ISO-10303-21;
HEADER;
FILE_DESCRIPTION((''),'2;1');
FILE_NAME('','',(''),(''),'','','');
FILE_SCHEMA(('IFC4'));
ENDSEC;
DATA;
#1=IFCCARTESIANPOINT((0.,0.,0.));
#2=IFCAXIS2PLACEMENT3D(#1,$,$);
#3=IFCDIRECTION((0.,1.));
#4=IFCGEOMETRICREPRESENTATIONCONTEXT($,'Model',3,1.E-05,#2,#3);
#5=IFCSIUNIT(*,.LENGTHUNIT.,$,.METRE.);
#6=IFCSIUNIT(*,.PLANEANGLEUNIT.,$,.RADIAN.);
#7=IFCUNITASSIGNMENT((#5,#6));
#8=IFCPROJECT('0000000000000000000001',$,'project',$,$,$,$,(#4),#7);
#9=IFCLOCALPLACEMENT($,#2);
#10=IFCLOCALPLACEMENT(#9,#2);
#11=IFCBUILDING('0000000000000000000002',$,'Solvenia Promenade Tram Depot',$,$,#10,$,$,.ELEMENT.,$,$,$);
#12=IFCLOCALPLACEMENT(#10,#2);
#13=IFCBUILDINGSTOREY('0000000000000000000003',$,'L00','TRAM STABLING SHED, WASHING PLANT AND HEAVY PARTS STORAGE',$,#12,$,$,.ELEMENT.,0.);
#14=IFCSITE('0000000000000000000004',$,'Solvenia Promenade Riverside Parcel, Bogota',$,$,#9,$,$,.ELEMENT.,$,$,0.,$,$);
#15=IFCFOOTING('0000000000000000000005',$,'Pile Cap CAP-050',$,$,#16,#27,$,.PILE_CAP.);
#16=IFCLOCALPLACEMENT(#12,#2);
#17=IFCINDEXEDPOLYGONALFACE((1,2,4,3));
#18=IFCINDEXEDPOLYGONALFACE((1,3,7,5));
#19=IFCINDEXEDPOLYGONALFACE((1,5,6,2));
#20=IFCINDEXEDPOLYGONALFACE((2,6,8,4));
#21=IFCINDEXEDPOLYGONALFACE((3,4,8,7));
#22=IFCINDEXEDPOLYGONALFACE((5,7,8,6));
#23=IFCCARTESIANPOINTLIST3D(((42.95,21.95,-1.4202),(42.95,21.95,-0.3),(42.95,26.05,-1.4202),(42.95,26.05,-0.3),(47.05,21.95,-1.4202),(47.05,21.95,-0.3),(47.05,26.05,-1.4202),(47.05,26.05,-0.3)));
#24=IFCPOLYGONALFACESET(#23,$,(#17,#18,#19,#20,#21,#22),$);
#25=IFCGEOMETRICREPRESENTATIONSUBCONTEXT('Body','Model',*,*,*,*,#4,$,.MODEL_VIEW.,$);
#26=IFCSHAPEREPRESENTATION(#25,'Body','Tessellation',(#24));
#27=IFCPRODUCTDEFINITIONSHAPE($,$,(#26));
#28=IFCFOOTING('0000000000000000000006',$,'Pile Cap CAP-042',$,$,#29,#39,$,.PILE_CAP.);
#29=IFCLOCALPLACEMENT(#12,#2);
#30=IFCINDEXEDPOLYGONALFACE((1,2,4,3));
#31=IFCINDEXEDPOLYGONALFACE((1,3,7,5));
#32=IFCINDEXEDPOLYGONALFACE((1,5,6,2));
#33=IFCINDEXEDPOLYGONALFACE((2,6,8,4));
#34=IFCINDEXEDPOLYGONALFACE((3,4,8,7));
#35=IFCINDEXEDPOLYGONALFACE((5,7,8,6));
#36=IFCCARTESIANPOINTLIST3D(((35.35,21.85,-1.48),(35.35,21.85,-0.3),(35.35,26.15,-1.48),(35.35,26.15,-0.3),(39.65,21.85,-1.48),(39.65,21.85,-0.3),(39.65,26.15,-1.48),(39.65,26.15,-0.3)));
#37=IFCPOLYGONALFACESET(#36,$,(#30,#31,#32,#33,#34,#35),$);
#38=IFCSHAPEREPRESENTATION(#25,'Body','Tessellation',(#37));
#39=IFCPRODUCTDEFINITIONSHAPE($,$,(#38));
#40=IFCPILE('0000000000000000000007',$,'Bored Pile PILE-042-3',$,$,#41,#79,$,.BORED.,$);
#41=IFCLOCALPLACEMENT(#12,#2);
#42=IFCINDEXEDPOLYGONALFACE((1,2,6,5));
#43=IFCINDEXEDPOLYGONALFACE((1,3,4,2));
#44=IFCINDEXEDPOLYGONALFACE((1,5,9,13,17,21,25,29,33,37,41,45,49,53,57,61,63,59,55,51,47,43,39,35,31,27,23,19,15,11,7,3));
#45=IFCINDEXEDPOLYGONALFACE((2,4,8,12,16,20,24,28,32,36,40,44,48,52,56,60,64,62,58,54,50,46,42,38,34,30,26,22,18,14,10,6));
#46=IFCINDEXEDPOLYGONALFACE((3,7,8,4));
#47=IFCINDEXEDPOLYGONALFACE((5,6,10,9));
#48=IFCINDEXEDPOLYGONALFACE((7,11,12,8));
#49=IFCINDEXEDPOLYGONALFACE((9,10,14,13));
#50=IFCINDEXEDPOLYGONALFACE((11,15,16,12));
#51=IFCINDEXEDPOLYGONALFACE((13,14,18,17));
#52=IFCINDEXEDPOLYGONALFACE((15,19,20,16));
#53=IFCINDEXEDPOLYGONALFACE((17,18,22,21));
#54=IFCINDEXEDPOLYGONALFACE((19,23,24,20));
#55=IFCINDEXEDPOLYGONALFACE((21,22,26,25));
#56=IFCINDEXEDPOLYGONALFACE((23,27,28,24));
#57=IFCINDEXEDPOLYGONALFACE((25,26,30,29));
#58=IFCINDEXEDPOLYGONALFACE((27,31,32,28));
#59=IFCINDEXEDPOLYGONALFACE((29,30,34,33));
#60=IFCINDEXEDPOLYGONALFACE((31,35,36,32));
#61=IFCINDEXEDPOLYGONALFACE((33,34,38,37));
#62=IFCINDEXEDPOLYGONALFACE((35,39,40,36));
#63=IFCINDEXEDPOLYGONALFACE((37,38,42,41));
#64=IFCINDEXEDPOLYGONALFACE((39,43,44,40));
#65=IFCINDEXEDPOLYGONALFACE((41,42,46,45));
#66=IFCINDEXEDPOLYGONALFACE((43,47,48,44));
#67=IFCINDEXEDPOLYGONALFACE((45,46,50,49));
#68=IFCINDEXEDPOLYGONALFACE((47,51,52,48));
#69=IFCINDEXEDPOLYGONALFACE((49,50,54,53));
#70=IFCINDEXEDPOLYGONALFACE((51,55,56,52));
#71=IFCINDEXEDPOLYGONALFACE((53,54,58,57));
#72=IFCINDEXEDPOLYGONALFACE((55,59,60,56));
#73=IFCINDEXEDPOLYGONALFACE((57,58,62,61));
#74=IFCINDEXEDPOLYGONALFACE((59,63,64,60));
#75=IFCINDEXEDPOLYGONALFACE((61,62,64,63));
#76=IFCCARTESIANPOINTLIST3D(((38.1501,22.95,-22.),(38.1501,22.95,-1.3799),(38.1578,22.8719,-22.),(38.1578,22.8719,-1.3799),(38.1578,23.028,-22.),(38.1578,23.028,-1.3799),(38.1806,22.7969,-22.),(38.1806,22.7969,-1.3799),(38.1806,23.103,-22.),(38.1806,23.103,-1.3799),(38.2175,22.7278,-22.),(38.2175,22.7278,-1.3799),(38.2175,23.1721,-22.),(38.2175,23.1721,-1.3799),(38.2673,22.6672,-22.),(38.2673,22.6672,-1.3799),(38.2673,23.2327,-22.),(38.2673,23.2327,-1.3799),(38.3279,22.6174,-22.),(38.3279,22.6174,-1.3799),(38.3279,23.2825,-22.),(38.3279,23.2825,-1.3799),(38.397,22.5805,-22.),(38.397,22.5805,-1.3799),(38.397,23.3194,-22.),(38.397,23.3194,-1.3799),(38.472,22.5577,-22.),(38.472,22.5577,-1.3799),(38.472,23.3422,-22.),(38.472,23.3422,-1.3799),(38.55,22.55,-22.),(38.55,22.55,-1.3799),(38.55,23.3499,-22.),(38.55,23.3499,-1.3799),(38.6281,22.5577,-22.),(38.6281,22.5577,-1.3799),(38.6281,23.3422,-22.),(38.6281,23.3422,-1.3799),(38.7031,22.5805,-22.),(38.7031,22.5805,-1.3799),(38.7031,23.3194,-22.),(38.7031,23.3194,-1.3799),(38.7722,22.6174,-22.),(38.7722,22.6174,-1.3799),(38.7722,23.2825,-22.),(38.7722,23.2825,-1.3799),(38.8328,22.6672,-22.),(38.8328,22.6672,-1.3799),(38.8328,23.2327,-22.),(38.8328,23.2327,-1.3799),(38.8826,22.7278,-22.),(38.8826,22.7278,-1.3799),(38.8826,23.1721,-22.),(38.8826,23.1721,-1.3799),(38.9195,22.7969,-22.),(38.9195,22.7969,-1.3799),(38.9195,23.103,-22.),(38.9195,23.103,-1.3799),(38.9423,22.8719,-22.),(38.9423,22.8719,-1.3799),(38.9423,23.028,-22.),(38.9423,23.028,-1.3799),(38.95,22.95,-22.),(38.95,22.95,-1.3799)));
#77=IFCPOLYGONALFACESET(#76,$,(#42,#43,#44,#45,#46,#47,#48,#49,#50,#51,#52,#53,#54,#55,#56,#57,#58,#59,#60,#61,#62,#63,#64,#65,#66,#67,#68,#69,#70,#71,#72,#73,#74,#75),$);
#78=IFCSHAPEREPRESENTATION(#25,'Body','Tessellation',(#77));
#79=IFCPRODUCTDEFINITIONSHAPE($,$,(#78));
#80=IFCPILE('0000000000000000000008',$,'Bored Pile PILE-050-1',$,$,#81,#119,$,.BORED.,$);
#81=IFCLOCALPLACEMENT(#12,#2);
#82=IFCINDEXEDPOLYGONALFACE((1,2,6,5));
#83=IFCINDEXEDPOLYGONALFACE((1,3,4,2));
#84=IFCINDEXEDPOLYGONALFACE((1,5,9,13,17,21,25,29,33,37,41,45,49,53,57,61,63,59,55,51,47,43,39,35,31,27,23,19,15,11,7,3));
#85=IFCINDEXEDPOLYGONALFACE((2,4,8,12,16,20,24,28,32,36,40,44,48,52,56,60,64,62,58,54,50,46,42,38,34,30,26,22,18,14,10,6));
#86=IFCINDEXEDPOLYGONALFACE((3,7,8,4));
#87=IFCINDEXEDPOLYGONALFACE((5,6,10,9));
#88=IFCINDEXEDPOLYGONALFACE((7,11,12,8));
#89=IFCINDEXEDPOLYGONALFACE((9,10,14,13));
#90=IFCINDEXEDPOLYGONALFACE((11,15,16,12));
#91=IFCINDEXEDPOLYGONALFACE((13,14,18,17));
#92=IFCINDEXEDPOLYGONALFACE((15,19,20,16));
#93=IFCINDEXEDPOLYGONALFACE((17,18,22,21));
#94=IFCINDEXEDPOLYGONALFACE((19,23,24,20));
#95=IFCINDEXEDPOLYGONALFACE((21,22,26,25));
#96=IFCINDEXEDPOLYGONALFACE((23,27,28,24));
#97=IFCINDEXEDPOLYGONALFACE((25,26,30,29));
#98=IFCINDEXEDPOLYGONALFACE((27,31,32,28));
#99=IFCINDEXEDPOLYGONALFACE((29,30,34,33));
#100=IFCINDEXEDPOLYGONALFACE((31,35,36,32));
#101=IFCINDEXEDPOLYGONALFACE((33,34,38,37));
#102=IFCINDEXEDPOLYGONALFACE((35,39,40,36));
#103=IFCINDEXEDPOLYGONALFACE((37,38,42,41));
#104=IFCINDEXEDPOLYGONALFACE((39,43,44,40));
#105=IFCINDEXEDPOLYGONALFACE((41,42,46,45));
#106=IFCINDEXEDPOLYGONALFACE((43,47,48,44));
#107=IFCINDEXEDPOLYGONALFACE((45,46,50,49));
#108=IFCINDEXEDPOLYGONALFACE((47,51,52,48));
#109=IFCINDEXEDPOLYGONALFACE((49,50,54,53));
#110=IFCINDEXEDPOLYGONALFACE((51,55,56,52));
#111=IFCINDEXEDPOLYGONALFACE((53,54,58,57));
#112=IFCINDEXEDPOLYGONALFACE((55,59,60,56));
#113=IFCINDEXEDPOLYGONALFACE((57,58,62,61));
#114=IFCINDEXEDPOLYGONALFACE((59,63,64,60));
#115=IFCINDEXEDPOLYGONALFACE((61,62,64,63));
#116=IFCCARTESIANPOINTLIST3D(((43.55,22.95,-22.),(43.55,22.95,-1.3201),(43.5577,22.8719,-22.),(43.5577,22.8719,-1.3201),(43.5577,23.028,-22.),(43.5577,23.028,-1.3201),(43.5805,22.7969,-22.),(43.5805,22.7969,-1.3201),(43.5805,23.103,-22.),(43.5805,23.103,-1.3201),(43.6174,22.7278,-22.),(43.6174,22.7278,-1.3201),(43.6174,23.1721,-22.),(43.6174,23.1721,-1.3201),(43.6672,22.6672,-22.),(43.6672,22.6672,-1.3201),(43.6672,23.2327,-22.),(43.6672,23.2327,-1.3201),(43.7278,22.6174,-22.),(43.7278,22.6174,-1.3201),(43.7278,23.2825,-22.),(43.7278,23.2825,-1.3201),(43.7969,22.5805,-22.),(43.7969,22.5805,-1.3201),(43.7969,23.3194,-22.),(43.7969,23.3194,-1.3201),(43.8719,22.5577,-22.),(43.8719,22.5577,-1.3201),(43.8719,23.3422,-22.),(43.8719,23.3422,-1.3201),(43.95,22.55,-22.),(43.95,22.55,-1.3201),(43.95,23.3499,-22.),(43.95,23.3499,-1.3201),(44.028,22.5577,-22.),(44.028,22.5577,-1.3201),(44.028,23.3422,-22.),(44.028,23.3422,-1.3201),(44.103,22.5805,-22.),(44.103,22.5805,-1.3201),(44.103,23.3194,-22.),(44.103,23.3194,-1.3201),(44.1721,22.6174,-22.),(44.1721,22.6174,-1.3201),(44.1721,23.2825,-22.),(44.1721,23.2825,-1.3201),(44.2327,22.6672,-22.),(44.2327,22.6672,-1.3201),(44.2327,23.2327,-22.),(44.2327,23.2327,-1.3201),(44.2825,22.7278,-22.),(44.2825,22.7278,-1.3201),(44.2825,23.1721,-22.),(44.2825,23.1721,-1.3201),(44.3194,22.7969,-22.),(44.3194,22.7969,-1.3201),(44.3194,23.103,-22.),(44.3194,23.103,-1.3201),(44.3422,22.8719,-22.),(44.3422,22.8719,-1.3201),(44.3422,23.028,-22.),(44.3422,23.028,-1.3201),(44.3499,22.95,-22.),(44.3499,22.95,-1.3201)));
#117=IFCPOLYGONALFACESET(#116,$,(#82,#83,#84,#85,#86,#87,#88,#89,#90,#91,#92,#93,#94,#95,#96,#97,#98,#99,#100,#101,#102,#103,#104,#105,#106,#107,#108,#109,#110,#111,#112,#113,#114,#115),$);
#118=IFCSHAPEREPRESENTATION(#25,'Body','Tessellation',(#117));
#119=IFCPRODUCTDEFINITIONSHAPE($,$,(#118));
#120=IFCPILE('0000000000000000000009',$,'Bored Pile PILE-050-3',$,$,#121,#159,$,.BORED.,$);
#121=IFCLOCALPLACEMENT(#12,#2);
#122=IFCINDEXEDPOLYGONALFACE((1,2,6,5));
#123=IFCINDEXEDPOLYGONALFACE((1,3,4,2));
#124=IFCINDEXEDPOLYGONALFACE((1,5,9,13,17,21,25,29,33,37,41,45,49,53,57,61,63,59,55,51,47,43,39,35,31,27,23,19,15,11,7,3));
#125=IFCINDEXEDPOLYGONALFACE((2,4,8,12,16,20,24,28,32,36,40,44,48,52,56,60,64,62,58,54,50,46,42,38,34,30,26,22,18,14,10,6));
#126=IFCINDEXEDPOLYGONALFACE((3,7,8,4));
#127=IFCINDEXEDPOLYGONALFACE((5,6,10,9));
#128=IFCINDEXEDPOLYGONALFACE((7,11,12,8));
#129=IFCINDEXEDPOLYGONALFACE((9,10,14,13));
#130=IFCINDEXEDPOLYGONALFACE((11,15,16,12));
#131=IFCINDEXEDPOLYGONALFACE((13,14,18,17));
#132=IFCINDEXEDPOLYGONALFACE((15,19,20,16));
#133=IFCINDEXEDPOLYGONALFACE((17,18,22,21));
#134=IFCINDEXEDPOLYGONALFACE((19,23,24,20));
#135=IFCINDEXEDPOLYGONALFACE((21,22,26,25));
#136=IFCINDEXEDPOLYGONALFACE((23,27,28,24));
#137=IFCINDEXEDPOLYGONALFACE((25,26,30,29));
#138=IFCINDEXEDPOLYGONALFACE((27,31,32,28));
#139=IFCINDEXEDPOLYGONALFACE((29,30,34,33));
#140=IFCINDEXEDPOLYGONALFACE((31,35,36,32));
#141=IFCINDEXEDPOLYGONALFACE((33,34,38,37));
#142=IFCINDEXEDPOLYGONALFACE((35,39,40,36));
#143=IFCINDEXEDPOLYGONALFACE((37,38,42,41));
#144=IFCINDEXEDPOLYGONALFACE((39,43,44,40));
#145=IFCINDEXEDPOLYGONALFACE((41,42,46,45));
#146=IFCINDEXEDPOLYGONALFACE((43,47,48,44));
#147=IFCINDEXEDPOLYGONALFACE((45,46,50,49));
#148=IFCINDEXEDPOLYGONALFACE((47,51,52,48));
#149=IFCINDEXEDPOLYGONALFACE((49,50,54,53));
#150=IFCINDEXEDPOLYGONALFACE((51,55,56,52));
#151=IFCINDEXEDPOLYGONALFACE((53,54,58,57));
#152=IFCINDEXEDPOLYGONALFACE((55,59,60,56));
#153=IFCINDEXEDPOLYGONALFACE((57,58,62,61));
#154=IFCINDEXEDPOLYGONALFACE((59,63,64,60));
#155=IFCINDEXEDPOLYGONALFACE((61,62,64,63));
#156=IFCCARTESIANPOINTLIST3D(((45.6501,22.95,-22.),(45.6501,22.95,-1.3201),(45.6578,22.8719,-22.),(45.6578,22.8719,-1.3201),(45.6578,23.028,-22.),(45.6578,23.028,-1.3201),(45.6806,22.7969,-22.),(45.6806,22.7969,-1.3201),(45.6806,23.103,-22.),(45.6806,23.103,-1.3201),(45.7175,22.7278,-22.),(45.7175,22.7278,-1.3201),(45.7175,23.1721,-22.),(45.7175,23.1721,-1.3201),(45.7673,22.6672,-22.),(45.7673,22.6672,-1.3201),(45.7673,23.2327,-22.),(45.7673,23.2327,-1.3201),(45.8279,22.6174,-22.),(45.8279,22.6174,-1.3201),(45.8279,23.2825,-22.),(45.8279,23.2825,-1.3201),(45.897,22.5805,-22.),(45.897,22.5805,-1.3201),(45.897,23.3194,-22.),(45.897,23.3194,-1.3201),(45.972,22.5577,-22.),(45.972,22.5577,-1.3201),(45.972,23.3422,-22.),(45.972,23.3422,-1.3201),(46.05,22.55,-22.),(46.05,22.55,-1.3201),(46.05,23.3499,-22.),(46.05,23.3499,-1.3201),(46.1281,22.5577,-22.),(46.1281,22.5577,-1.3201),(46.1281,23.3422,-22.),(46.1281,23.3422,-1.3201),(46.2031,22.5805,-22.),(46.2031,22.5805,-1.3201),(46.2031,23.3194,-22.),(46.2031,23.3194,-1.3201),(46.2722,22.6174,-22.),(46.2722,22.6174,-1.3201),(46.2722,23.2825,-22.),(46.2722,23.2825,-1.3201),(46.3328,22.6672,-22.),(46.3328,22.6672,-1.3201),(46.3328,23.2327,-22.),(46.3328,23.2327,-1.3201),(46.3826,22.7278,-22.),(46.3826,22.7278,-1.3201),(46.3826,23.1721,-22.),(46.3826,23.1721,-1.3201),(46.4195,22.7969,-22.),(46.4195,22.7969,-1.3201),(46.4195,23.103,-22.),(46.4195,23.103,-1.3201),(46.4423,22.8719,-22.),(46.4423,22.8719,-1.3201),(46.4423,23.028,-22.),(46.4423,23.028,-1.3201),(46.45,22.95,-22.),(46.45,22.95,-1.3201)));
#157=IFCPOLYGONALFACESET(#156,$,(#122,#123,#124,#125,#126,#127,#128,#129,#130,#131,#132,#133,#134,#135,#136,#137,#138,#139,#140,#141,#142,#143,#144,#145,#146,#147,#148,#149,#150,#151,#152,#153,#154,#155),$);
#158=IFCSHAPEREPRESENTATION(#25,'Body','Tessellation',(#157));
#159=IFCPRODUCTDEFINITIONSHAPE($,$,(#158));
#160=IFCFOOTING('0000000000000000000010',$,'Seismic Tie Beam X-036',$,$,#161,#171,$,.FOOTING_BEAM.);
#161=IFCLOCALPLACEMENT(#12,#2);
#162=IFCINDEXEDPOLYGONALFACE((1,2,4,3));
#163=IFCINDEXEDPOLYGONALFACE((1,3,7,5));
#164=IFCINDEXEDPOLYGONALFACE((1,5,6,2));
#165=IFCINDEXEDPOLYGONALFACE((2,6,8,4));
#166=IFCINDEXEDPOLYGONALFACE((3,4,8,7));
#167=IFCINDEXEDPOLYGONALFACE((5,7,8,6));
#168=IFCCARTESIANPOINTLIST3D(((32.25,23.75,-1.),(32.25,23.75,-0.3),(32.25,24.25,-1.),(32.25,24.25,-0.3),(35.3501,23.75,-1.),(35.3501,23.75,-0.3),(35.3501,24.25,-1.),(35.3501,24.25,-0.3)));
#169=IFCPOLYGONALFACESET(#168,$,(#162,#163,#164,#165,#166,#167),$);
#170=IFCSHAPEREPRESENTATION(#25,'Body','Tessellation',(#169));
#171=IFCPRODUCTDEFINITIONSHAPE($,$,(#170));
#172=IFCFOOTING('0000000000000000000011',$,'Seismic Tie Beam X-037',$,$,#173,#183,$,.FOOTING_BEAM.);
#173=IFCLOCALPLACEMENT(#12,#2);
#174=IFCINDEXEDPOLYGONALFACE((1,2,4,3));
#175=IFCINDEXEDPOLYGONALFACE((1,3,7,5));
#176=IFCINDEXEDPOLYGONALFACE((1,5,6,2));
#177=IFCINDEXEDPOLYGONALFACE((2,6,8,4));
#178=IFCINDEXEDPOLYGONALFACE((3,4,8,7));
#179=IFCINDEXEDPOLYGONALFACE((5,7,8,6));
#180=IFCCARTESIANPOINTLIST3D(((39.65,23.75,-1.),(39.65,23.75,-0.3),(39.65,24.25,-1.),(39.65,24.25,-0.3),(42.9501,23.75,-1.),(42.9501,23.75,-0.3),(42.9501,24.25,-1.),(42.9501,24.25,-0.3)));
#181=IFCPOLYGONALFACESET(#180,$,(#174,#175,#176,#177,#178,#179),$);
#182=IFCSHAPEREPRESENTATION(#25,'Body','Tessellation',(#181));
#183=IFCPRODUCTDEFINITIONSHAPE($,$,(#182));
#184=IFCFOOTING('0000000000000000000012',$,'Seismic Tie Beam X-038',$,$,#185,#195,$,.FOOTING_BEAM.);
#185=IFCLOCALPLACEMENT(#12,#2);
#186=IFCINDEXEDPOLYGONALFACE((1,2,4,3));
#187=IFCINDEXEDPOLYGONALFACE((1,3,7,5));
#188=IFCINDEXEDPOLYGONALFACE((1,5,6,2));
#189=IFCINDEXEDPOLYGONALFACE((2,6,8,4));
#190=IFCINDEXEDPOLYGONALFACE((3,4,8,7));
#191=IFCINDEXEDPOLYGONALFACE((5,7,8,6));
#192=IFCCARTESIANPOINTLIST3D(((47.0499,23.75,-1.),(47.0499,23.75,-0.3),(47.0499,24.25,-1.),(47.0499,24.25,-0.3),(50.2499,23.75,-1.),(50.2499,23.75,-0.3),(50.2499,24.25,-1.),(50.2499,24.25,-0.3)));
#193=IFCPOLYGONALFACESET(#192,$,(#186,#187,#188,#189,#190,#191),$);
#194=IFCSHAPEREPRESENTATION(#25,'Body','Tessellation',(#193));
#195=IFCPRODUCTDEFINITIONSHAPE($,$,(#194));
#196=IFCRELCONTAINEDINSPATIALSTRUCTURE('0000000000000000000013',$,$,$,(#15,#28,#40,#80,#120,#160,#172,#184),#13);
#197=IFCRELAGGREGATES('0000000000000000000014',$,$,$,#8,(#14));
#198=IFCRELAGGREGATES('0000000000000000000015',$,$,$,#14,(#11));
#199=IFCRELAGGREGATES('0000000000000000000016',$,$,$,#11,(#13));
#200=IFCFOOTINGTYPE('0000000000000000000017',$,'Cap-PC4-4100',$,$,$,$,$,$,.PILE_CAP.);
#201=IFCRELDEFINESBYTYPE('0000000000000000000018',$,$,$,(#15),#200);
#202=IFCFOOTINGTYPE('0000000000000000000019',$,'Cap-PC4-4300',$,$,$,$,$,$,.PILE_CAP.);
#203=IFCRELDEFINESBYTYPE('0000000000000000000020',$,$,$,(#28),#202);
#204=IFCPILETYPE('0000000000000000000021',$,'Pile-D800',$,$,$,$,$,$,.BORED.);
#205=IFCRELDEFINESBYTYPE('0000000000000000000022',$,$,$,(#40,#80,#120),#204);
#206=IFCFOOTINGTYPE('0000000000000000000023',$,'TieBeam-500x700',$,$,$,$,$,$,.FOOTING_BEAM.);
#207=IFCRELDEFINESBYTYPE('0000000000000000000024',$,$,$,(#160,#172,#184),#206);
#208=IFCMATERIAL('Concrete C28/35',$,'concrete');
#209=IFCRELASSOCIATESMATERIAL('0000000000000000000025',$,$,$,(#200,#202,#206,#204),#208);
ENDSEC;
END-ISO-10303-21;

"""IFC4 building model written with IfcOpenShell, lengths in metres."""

from ifc_helpers import new_model, si_unit, direction, frame, origin, origin_2d, place, context, subcontext, project, spatial, rectangle, circle, extrude, material, material_profile, profile_set, type_object, element, save


model = new_model("IFC4")

# Units and contexts
model_context = context("Model", 3, precision=1e-05, world=origin(), true_north=direction((0.0, 1.0)))
body_context = subcontext(model_context, "Body", "Model", "MODEL_VIEW")
ifc_project = project(units=[si_unit("LENGTHUNIT", "METRE"), si_unit("PLANEANGLEUNIT", "RADIAN")], contexts=[model_context])

# Site, building, storey
site_placement = place(None, origin())
site = spatial("IfcSite", under=ifc_project, at=site_placement, Name="Solvenia Promenade Riverside Parcel, Bogota", CompositionType="ELEMENT", RefElevation=0.0)
building_placement = place(site_placement, origin())
building = spatial("IfcBuilding", under=site, at=building_placement, Name="Solvenia Promenade Tram Depot", CompositionType="ELEMENT")
storey_placement = place(building_placement, origin())
storey = spatial("IfcBuildingStorey", under=building, at=storey_placement, Name="L00", Description="TRAM STABLING SHED, WASHING PLANT AND HEAVY PARTS STORAGE", CompositionType="ELEMENT", Elevation=0.0)

# Footings
ifc_material_1 = material(Name="Concrete C28/35", Category="concrete")
footing_type_1 = type_object("IfcFootingType", Name="Cap-PC4-4100", PredefinedType="PILE_CAP", material=ifc_material_1)
footing_1_placement = place(storey_placement, frame((45.0, 24.0, -1.4202), z_axis=(0.0, 0.0, 1.0), x_axis=(1.0, 0.0, 0.0)))
element("IfcFooting", 1, at=footing_1_placement, inside=storey, type_object=footing_type_1, Name="Pile Cap CAP-050", PredefinedType="PILE_CAP", context=body_context, shape_type="SweptSolid", body=[
    extrude(rectangle(XDim=4.1001, YDim=4.1001, at=origin_2d()), origin(), (0.0, 0.0, 1.0), 1.1201),
])
footing_type_2 = type_object("IfcFootingType", Name="Cap-PC4-4300", PredefinedType="PILE_CAP", material=ifc_material_1)
footing_2_placement = place(storey_placement, frame((37.5, 24.0, -1.48), z_axis=(0.0, 0.0, 1.0), x_axis=(1.0, 0.0, 0.0)))
element("IfcFooting", 2, at=footing_2_placement, inside=storey, type_object=footing_type_2, Name="Pile Cap CAP-042", PredefinedType="PILE_CAP", context=body_context, shape_type="SweptSolid", body=[
    extrude(rectangle(XDim=4.3, YDim=4.3, at=origin_2d()), origin(), (0.0, 0.0, 1.0), 1.1799),
])

# Piles
ifc_material_profile_1 = material_profile(ifc_material_1, circle(Radius=0.3999, at=origin_2d()), Name="D800", Category="concrete")
ifc_profile_set_1 = profile_set([ifc_material_profile_1], Name="Concrete C28/35")
pile_type = type_object("IfcPileType", Name="Pile-D800", PredefinedType="BORED", material=ifc_profile_set_1)
pile_placement = place(storey_placement, frame((38.55, 22.95, -1.3799), z_axis=(0.0, 0.0, -1.0), x_axis=(1.0, 0.0, 0.0)))
element("IfcPile", 3, at=pile_placement, inside=storey, type_object=pile_type, Name="Bored Pile PILE-042-3", PredefinedType="BORED", context=body_context, shape_type="SweptSolid", body=[
    extrude(circle(Radius=0.3999, at=origin_2d()), origin(), (0.0, 0.0, 1.0), 20.6201),
])
for number, where, z_axis, x_axis, name in (
    (4, (43.95, 22.95, -1.3201), (0.0, 0.0, -1.0), (1.0, 0.0, 0.0), "Bored Pile PILE-050-1"),
    (5, (46.05, 22.95, -1.3201), (0.0, 0.0, -1.0), (1.0, 0.0, 0.0), "Bored Pile PILE-050-3"),
):
    element("IfcPile", number, at=place(storey_placement, frame(where, z_axis=z_axis, x_axis=x_axis)), inside=storey, type_object=pile_type, Name=name, PredefinedType="BORED", context=body_context, shape_type="SweptSolid", body=[
        extrude(circle(Radius=0.3999, at=origin_2d()), origin(), (0.0, 0.0, 1.0), 20.6799),
    ])

# Footings
footing_type_3 = type_object("IfcFootingType", Name="TieBeam-500x700", PredefinedType="FOOTING_BEAM", material=ifc_material_1)
footing_3_placement = place(storey_placement, frame((33.8, 24.0, -1.0), z_axis=(0.0, 0.0, 1.0), x_axis=(1.0, 0.0, 0.0)))
element("IfcFooting", 6, at=footing_3_placement, inside=storey, type_object=footing_type_3, Name="Seismic Tie Beam X-036", PredefinedType="FOOTING_BEAM", context=body_context, shape_type="SweptSolid", body=[
    extrude(rectangle(XDim=3.1001, YDim=0.5, at=origin_2d()), origin(), (0.0, 0.0, 1.0), 0.7),
])
footing_4_placement = place(storey_placement, frame((41.3, 24.0, -1.0), z_axis=(0.0, 0.0, 1.0), x_axis=(1.0, 0.0, 0.0)))
element("IfcFooting", 7, at=footing_4_placement, inside=storey, type_object=footing_type_3, Name="Seismic Tie Beam X-037", PredefinedType="FOOTING_BEAM", context=body_context, shape_type="SweptSolid", body=[
    extrude(rectangle(XDim=3.3, YDim=0.5, at=origin_2d()), origin(), (0.0, 0.0, 1.0), 0.7),
])
footing_5_placement = place(storey_placement, frame((48.6499, 24.0, -1.0), z_axis=(0.0, 0.0, 1.0), x_axis=(1.0, 0.0, 0.0)))
element("IfcFooting", 8, at=footing_5_placement, inside=storey, type_object=footing_type_3, Name="Seismic Tie Beam X-038", PredefinedType="FOOTING_BEAM", context=body_context, shape_type="SweptSolid", body=[
    extrude(rectangle(XDim=3.2, YDim=0.5, at=origin_2d()), origin(), (0.0, 0.0, 1.0), 0.7),
])

save(model, "model.ifc")
